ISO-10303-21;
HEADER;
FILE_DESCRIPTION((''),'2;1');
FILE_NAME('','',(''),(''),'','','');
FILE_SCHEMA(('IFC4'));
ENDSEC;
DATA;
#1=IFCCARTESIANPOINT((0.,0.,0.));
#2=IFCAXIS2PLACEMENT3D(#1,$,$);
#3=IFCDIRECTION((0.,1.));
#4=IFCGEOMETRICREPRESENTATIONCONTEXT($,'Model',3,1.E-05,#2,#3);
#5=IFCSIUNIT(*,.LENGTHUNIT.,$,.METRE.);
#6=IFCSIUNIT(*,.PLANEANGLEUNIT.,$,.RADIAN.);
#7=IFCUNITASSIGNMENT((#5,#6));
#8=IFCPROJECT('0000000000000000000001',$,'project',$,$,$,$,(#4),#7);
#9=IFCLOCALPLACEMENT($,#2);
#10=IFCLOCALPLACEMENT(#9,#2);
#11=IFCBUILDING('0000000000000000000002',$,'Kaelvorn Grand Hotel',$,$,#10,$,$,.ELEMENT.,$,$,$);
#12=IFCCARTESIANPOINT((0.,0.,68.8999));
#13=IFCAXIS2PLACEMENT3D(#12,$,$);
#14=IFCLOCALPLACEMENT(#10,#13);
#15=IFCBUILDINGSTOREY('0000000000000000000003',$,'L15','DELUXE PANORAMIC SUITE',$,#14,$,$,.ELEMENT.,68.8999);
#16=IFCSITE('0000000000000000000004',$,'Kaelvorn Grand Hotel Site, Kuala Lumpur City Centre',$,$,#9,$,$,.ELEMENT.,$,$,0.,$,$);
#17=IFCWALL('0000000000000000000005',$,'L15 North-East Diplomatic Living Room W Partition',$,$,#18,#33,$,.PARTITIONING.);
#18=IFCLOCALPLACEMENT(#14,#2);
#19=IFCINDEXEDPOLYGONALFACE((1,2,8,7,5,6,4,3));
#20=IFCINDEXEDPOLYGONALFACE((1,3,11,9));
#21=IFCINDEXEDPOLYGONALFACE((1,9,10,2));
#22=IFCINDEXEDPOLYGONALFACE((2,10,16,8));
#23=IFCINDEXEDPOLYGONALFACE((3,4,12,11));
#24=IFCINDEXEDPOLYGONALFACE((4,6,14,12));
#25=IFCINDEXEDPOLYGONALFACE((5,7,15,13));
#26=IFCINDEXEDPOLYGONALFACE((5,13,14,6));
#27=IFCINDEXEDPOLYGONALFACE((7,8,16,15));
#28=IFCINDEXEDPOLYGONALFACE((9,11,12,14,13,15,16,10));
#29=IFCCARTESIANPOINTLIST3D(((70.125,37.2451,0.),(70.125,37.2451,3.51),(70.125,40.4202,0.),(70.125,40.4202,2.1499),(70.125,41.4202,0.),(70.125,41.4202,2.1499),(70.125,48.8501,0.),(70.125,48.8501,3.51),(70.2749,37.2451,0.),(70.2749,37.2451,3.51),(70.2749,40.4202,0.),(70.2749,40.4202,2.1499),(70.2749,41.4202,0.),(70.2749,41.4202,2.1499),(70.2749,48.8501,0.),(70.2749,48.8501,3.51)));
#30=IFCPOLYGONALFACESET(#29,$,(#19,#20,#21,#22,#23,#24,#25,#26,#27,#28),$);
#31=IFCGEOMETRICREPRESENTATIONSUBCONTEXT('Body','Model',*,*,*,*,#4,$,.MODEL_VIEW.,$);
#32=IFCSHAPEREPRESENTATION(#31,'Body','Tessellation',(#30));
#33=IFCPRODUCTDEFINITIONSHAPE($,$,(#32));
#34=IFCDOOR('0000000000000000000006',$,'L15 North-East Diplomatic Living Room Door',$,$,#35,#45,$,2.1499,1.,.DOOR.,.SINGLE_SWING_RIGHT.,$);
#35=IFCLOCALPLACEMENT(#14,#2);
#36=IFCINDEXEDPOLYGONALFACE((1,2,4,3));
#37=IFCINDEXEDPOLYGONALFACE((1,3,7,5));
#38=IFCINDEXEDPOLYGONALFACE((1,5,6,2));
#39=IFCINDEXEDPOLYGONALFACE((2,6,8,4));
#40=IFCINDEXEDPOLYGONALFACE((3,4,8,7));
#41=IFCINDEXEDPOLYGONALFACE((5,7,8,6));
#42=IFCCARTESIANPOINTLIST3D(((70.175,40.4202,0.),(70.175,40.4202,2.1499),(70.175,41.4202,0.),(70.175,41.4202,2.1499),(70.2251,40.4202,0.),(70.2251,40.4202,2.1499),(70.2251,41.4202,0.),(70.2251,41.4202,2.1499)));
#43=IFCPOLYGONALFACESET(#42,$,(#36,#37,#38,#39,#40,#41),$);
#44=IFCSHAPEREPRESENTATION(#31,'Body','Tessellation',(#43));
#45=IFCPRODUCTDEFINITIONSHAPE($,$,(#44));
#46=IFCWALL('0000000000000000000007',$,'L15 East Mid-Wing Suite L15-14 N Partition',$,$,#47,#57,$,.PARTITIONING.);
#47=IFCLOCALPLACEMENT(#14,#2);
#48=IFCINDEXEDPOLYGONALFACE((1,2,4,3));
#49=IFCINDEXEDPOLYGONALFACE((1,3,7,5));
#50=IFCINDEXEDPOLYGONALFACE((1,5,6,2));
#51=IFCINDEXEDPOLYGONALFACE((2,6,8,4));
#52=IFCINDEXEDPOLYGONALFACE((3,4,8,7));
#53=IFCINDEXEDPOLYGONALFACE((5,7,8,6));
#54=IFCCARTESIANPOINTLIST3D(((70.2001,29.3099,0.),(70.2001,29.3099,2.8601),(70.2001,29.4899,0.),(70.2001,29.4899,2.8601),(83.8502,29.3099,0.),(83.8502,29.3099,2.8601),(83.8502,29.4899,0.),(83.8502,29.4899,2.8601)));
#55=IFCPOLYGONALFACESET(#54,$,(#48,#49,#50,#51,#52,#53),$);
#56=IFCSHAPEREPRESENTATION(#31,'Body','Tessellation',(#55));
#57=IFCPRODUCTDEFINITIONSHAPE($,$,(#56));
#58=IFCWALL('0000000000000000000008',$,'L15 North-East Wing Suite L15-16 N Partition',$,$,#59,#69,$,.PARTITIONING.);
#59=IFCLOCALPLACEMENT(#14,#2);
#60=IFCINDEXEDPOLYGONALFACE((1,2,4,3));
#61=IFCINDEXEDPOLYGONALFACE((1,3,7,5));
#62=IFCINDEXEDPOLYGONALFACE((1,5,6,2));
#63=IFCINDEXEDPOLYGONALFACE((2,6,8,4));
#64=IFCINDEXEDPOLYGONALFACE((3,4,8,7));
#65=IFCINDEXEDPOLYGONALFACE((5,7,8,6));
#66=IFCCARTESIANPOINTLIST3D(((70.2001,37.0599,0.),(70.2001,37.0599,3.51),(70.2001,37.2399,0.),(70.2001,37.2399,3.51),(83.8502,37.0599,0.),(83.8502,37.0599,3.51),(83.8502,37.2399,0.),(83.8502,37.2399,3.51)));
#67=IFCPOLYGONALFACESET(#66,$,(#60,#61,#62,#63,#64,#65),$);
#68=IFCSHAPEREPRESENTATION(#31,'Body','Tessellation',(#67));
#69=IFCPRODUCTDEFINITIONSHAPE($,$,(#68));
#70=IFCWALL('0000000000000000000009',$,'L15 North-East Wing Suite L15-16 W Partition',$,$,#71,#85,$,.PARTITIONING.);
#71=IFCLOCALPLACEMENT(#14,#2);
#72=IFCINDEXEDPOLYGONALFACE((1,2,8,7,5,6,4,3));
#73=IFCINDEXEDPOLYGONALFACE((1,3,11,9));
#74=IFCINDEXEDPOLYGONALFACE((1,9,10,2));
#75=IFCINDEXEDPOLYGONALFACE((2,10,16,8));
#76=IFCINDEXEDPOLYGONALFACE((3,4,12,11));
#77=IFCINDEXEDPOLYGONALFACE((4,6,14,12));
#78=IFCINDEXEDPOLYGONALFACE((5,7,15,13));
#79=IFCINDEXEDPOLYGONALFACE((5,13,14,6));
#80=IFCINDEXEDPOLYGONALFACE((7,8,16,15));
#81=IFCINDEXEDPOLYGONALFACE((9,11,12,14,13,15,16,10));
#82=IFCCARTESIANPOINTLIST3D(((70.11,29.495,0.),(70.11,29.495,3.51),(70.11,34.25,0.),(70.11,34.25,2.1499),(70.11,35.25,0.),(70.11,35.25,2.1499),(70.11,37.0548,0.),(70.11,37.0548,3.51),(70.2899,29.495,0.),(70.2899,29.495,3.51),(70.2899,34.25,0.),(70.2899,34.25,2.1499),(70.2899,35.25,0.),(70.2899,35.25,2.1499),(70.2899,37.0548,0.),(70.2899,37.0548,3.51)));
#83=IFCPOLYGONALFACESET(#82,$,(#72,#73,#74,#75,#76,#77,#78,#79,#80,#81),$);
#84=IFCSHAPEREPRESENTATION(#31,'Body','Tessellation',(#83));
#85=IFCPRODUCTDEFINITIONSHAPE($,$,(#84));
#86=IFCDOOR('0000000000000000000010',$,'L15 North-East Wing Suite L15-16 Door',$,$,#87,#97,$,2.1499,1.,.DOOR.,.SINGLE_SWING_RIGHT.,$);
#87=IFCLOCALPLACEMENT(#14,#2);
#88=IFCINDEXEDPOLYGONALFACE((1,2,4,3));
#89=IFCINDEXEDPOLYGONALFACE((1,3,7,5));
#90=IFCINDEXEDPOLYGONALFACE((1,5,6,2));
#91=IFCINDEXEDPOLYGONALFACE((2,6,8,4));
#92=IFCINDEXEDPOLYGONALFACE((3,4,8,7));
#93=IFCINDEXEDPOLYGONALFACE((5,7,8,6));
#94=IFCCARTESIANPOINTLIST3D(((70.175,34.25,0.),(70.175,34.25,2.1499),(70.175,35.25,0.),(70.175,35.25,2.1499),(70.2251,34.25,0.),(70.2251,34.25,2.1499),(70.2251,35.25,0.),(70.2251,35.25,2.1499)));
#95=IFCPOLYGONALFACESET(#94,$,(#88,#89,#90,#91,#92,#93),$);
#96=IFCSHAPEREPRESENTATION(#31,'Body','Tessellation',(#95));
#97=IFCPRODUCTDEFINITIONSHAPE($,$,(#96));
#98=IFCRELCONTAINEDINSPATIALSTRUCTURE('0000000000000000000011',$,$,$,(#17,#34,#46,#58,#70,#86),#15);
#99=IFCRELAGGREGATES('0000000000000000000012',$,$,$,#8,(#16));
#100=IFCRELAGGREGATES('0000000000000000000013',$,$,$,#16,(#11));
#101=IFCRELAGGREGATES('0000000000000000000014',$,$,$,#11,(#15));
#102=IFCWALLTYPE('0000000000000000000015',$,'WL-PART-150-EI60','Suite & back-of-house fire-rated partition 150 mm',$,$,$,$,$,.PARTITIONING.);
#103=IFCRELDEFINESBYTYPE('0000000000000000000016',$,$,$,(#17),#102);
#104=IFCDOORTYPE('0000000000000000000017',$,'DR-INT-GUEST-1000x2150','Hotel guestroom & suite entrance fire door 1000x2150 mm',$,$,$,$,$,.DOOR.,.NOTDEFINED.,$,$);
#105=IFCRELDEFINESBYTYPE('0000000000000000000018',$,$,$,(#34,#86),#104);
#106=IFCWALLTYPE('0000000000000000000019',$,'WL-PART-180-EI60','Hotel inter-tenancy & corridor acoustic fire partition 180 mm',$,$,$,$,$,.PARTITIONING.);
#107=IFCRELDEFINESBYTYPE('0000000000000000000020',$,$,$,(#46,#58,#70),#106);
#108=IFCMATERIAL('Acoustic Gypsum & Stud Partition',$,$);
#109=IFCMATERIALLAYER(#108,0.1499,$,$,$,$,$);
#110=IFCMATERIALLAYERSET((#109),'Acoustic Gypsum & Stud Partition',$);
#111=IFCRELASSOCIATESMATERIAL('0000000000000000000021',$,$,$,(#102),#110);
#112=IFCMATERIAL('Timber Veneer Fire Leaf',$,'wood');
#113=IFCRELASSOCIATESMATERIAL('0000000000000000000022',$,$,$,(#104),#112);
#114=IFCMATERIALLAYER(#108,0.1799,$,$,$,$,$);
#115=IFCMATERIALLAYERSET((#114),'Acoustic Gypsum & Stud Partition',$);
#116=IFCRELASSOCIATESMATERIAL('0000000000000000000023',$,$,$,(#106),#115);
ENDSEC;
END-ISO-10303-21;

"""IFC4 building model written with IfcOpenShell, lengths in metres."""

from ifc_helpers import new_model, si_unit, direction, frame, frame_2d, origin, place, context, subcontext, project, spatial, rectangle, extrude, material, layer, layer_set, type_object, element, fill, save


model = new_model("IFC4")

# Units and contexts
model_context = context("Model", 3, precision=1e-05, world=origin(), true_north=direction((0.0, 1.0)))
body_context = subcontext(model_context, "Body", "Model", "MODEL_VIEW")
ifc_project = project(units=[si_unit("LENGTHUNIT", "METRE"), si_unit("PLANEANGLEUNIT", "RADIAN")], contexts=[model_context])

# Site, building, storey
site_placement = place(None, origin())
site = spatial("IfcSite", under=ifc_project, at=site_placement, Name="Kaelvorn Grand Hotel Site, Kuala Lumpur City Centre", CompositionType="ELEMENT", RefElevation=0.0)
building_placement = place(site_placement, origin())
building = spatial("IfcBuilding", under=site, at=building_placement, Name="Kaelvorn Grand Hotel", CompositionType="ELEMENT")
storey_placement = place(building_placement, frame((0.0, 0.0, 68.8999)))
storey = spatial("IfcBuildingStorey", under=building, at=storey_placement, Name="L15", Description="DELUXE PANORAMIC SUITE", CompositionType="ELEMENT", Elevation=68.8999)

# Wall, opening, door
ifc_material_1 = material(Name="Acoustic Gypsum & Stud Partition")
ifc_layer_1 = layer(ifc_material_1, 0.1499)
ifc_layer_set_1 = layer_set([ifc_layer_1], Name="Acoustic Gypsum & Stud Partition")
wall_type_1 = type_object("IfcWallType", Name="WL-PART-150-EI60", Description="Suite & back-of-house fire-rated partition 150 mm", PredefinedType="PARTITIONING", material=ifc_layer_set_1)
wall_1_placement = place(storey_placement, frame((70.2, 37.2451, 0.0), z_axis=(0.0, 0.0, 1.0), x_axis=(0.0, 1.0, 0.0)))
wall_1 = element("IfcWall", 1, at=wall_1_placement, inside=storey, type_object=wall_type_1, Name="L15 North-East Diplomatic Living Room W Partition", PredefinedType="PARTITIONING", context=body_context, shape_type="SweptSolid", body=[
    extrude(rectangle(XDim=11.605, YDim=0.1499, at=frame_2d((5.8025, 0.0))), origin(), (0.0, 0.0, 1.0), 3.51),
])
opening_1_placement = place(wall_1_placement, frame((3.175, 0.0, 0.0)))
opening_1 = element("IfcOpeningElement", 2, at=opening_1_placement, cuts=wall_1, PredefinedType="OPENING", context=body_context, shape_type="SweptSolid", body=[
    extrude(rectangle(XDim=1.0, YDim=2.1499, at=frame_2d((0.5, 1.075))), frame((0.0, 0.085, 0.0), z_axis=(0.0, -1.0, 0.0), x_axis=(1.0, 0.0, 0.0)), (0.0, 0.0, 1.0), 0.1699),
])
ifc_material_2 = material(Name="Timber Veneer Fire Leaf", Category="wood")
door_type_1 = type_object("IfcDoorType", Name="DR-INT-GUEST-1000x2150", Description="Hotel guestroom & suite entrance fire door 1000x2150 mm", OperationType="NOTDEFINED", PredefinedType="DOOR", material=ifc_material_2)
door_1_placement = place(opening_1_placement, origin())
door_1 = element("IfcDoor", 3, at=door_1_placement, inside=storey, type_object=door_type_1, Name="L15 North-East Diplomatic Living Room Door", OperationType="SINGLE_SWING_RIGHT", OverallHeight=2.1499, OverallWidth=1.0, PredefinedType="DOOR", context=body_context, shape_type="SweptSolid", body=[
    extrude(rectangle(XDim=1.0, YDim=2.1499, at=frame_2d((0.5, 1.075))), frame((0.0, 0.0249, 0.0), z_axis=(0.0, -1.0, 0.0), x_axis=(1.0, 0.0, 0.0)), (0.0, 0.0, 1.0), 0.05),
])
fill(opening_1, door_1)

# Walls
ifc_layer_2 = layer(ifc_material_1, 0.1799)
ifc_layer_set_2 = layer_set([ifc_layer_2], Name="Acoustic Gypsum & Stud Partition")
wall_type_2 = type_object("IfcWallType", Name="WL-PART-180-EI60", Description="Hotel inter-tenancy & corridor acoustic fire partition 180 mm", PredefinedType="PARTITIONING", material=ifc_layer_set_2)
wall_2_placement = place(storey_placement, frame((70.2, 29.3999, 0.0), z_axis=(0.0, 0.0, 1.0), x_axis=(1.0, 0.0, 0.0)))
element("IfcWall", 4, at=wall_2_placement, inside=storey, type_object=wall_type_2, Name="L15 East Mid-Wing Suite L15-14 N Partition", PredefinedType="PARTITIONING", context=body_context, shape_type="SweptSolid", body=[
    extrude(rectangle(XDim=13.6501, YDim=0.1799, at=frame_2d((6.8252, 0.0))), origin(), (0.0, 0.0, 1.0), 2.8601),
])
wall_3_placement = place(storey_placement, frame((70.2, 37.1499, 0.0), z_axis=(0.0, 0.0, 1.0), x_axis=(1.0, 0.0, 0.0)))
element("IfcWall", 5, at=wall_3_placement, inside=storey, type_object=wall_type_2, Name="L15 North-East Wing Suite L15-16 N Partition", PredefinedType="PARTITIONING", context=body_context, shape_type="SweptSolid", body=[
    extrude(rectangle(XDim=13.6501, YDim=0.1799, at=frame_2d((6.8252, 0.0))), origin(), (0.0, 0.0, 1.0), 3.51),
])

# Wall, opening, door
wall_4_placement = place(storey_placement, frame((70.2, 29.4951, 0.0), z_axis=(0.0, 0.0, 1.0), x_axis=(0.0, 1.0, 0.0)))
wall_4 = element("IfcWall", 6, at=wall_4_placement, inside=storey, type_object=wall_type_2, Name="L15 North-East Wing Suite L15-16 W Partition", PredefinedType="PARTITIONING", context=body_context, shape_type="SweptSolid", body=[
    extrude(rectangle(XDim=7.5598, YDim=0.1799, at=frame_2d((3.7798, 0.0))), origin(), (0.0, 0.0, 1.0), 3.51),
])
opening_2_placement = place(wall_4_placement, frame((4.7549, 0.0, 0.0)))
opening_2 = element("IfcOpeningElement", 7, at=opening_2_placement, cuts=wall_4, PredefinedType="OPENING", context=body_context, shape_type="SweptSolid", body=[
    extrude(rectangle(XDim=1.0, YDim=2.1499, at=frame_2d((0.5, 1.075))), frame((0.0, 0.1001, 0.0), z_axis=(0.0, -1.0, 0.0), x_axis=(1.0, 0.0, 0.0)), (0.0, 0.0, 1.0), 0.2),
])
door_2_placement = place(opening_2_placement, origin())
door_2 = element("IfcDoor", 8, at=door_2_placement, inside=storey, type_object=door_type_1, Name="L15 North-East Wing Suite L15-16 Door", OperationType="SINGLE_SWING_RIGHT", OverallHeight=2.1499, OverallWidth=1.0, PredefinedType="DOOR", context=body_context, shape_type="SweptSolid", body=[
    extrude(rectangle(XDim=1.0, YDim=2.1499, at=frame_2d((0.5, 1.075))), frame((0.0, 0.0249, 0.0), z_axis=(0.0, -1.0, 0.0), x_axis=(1.0, 0.0, 0.0)), (0.0, 0.0, 1.0), 0.05),
])
fill(opening_2, door_2)

save(model, "model.ifc")
